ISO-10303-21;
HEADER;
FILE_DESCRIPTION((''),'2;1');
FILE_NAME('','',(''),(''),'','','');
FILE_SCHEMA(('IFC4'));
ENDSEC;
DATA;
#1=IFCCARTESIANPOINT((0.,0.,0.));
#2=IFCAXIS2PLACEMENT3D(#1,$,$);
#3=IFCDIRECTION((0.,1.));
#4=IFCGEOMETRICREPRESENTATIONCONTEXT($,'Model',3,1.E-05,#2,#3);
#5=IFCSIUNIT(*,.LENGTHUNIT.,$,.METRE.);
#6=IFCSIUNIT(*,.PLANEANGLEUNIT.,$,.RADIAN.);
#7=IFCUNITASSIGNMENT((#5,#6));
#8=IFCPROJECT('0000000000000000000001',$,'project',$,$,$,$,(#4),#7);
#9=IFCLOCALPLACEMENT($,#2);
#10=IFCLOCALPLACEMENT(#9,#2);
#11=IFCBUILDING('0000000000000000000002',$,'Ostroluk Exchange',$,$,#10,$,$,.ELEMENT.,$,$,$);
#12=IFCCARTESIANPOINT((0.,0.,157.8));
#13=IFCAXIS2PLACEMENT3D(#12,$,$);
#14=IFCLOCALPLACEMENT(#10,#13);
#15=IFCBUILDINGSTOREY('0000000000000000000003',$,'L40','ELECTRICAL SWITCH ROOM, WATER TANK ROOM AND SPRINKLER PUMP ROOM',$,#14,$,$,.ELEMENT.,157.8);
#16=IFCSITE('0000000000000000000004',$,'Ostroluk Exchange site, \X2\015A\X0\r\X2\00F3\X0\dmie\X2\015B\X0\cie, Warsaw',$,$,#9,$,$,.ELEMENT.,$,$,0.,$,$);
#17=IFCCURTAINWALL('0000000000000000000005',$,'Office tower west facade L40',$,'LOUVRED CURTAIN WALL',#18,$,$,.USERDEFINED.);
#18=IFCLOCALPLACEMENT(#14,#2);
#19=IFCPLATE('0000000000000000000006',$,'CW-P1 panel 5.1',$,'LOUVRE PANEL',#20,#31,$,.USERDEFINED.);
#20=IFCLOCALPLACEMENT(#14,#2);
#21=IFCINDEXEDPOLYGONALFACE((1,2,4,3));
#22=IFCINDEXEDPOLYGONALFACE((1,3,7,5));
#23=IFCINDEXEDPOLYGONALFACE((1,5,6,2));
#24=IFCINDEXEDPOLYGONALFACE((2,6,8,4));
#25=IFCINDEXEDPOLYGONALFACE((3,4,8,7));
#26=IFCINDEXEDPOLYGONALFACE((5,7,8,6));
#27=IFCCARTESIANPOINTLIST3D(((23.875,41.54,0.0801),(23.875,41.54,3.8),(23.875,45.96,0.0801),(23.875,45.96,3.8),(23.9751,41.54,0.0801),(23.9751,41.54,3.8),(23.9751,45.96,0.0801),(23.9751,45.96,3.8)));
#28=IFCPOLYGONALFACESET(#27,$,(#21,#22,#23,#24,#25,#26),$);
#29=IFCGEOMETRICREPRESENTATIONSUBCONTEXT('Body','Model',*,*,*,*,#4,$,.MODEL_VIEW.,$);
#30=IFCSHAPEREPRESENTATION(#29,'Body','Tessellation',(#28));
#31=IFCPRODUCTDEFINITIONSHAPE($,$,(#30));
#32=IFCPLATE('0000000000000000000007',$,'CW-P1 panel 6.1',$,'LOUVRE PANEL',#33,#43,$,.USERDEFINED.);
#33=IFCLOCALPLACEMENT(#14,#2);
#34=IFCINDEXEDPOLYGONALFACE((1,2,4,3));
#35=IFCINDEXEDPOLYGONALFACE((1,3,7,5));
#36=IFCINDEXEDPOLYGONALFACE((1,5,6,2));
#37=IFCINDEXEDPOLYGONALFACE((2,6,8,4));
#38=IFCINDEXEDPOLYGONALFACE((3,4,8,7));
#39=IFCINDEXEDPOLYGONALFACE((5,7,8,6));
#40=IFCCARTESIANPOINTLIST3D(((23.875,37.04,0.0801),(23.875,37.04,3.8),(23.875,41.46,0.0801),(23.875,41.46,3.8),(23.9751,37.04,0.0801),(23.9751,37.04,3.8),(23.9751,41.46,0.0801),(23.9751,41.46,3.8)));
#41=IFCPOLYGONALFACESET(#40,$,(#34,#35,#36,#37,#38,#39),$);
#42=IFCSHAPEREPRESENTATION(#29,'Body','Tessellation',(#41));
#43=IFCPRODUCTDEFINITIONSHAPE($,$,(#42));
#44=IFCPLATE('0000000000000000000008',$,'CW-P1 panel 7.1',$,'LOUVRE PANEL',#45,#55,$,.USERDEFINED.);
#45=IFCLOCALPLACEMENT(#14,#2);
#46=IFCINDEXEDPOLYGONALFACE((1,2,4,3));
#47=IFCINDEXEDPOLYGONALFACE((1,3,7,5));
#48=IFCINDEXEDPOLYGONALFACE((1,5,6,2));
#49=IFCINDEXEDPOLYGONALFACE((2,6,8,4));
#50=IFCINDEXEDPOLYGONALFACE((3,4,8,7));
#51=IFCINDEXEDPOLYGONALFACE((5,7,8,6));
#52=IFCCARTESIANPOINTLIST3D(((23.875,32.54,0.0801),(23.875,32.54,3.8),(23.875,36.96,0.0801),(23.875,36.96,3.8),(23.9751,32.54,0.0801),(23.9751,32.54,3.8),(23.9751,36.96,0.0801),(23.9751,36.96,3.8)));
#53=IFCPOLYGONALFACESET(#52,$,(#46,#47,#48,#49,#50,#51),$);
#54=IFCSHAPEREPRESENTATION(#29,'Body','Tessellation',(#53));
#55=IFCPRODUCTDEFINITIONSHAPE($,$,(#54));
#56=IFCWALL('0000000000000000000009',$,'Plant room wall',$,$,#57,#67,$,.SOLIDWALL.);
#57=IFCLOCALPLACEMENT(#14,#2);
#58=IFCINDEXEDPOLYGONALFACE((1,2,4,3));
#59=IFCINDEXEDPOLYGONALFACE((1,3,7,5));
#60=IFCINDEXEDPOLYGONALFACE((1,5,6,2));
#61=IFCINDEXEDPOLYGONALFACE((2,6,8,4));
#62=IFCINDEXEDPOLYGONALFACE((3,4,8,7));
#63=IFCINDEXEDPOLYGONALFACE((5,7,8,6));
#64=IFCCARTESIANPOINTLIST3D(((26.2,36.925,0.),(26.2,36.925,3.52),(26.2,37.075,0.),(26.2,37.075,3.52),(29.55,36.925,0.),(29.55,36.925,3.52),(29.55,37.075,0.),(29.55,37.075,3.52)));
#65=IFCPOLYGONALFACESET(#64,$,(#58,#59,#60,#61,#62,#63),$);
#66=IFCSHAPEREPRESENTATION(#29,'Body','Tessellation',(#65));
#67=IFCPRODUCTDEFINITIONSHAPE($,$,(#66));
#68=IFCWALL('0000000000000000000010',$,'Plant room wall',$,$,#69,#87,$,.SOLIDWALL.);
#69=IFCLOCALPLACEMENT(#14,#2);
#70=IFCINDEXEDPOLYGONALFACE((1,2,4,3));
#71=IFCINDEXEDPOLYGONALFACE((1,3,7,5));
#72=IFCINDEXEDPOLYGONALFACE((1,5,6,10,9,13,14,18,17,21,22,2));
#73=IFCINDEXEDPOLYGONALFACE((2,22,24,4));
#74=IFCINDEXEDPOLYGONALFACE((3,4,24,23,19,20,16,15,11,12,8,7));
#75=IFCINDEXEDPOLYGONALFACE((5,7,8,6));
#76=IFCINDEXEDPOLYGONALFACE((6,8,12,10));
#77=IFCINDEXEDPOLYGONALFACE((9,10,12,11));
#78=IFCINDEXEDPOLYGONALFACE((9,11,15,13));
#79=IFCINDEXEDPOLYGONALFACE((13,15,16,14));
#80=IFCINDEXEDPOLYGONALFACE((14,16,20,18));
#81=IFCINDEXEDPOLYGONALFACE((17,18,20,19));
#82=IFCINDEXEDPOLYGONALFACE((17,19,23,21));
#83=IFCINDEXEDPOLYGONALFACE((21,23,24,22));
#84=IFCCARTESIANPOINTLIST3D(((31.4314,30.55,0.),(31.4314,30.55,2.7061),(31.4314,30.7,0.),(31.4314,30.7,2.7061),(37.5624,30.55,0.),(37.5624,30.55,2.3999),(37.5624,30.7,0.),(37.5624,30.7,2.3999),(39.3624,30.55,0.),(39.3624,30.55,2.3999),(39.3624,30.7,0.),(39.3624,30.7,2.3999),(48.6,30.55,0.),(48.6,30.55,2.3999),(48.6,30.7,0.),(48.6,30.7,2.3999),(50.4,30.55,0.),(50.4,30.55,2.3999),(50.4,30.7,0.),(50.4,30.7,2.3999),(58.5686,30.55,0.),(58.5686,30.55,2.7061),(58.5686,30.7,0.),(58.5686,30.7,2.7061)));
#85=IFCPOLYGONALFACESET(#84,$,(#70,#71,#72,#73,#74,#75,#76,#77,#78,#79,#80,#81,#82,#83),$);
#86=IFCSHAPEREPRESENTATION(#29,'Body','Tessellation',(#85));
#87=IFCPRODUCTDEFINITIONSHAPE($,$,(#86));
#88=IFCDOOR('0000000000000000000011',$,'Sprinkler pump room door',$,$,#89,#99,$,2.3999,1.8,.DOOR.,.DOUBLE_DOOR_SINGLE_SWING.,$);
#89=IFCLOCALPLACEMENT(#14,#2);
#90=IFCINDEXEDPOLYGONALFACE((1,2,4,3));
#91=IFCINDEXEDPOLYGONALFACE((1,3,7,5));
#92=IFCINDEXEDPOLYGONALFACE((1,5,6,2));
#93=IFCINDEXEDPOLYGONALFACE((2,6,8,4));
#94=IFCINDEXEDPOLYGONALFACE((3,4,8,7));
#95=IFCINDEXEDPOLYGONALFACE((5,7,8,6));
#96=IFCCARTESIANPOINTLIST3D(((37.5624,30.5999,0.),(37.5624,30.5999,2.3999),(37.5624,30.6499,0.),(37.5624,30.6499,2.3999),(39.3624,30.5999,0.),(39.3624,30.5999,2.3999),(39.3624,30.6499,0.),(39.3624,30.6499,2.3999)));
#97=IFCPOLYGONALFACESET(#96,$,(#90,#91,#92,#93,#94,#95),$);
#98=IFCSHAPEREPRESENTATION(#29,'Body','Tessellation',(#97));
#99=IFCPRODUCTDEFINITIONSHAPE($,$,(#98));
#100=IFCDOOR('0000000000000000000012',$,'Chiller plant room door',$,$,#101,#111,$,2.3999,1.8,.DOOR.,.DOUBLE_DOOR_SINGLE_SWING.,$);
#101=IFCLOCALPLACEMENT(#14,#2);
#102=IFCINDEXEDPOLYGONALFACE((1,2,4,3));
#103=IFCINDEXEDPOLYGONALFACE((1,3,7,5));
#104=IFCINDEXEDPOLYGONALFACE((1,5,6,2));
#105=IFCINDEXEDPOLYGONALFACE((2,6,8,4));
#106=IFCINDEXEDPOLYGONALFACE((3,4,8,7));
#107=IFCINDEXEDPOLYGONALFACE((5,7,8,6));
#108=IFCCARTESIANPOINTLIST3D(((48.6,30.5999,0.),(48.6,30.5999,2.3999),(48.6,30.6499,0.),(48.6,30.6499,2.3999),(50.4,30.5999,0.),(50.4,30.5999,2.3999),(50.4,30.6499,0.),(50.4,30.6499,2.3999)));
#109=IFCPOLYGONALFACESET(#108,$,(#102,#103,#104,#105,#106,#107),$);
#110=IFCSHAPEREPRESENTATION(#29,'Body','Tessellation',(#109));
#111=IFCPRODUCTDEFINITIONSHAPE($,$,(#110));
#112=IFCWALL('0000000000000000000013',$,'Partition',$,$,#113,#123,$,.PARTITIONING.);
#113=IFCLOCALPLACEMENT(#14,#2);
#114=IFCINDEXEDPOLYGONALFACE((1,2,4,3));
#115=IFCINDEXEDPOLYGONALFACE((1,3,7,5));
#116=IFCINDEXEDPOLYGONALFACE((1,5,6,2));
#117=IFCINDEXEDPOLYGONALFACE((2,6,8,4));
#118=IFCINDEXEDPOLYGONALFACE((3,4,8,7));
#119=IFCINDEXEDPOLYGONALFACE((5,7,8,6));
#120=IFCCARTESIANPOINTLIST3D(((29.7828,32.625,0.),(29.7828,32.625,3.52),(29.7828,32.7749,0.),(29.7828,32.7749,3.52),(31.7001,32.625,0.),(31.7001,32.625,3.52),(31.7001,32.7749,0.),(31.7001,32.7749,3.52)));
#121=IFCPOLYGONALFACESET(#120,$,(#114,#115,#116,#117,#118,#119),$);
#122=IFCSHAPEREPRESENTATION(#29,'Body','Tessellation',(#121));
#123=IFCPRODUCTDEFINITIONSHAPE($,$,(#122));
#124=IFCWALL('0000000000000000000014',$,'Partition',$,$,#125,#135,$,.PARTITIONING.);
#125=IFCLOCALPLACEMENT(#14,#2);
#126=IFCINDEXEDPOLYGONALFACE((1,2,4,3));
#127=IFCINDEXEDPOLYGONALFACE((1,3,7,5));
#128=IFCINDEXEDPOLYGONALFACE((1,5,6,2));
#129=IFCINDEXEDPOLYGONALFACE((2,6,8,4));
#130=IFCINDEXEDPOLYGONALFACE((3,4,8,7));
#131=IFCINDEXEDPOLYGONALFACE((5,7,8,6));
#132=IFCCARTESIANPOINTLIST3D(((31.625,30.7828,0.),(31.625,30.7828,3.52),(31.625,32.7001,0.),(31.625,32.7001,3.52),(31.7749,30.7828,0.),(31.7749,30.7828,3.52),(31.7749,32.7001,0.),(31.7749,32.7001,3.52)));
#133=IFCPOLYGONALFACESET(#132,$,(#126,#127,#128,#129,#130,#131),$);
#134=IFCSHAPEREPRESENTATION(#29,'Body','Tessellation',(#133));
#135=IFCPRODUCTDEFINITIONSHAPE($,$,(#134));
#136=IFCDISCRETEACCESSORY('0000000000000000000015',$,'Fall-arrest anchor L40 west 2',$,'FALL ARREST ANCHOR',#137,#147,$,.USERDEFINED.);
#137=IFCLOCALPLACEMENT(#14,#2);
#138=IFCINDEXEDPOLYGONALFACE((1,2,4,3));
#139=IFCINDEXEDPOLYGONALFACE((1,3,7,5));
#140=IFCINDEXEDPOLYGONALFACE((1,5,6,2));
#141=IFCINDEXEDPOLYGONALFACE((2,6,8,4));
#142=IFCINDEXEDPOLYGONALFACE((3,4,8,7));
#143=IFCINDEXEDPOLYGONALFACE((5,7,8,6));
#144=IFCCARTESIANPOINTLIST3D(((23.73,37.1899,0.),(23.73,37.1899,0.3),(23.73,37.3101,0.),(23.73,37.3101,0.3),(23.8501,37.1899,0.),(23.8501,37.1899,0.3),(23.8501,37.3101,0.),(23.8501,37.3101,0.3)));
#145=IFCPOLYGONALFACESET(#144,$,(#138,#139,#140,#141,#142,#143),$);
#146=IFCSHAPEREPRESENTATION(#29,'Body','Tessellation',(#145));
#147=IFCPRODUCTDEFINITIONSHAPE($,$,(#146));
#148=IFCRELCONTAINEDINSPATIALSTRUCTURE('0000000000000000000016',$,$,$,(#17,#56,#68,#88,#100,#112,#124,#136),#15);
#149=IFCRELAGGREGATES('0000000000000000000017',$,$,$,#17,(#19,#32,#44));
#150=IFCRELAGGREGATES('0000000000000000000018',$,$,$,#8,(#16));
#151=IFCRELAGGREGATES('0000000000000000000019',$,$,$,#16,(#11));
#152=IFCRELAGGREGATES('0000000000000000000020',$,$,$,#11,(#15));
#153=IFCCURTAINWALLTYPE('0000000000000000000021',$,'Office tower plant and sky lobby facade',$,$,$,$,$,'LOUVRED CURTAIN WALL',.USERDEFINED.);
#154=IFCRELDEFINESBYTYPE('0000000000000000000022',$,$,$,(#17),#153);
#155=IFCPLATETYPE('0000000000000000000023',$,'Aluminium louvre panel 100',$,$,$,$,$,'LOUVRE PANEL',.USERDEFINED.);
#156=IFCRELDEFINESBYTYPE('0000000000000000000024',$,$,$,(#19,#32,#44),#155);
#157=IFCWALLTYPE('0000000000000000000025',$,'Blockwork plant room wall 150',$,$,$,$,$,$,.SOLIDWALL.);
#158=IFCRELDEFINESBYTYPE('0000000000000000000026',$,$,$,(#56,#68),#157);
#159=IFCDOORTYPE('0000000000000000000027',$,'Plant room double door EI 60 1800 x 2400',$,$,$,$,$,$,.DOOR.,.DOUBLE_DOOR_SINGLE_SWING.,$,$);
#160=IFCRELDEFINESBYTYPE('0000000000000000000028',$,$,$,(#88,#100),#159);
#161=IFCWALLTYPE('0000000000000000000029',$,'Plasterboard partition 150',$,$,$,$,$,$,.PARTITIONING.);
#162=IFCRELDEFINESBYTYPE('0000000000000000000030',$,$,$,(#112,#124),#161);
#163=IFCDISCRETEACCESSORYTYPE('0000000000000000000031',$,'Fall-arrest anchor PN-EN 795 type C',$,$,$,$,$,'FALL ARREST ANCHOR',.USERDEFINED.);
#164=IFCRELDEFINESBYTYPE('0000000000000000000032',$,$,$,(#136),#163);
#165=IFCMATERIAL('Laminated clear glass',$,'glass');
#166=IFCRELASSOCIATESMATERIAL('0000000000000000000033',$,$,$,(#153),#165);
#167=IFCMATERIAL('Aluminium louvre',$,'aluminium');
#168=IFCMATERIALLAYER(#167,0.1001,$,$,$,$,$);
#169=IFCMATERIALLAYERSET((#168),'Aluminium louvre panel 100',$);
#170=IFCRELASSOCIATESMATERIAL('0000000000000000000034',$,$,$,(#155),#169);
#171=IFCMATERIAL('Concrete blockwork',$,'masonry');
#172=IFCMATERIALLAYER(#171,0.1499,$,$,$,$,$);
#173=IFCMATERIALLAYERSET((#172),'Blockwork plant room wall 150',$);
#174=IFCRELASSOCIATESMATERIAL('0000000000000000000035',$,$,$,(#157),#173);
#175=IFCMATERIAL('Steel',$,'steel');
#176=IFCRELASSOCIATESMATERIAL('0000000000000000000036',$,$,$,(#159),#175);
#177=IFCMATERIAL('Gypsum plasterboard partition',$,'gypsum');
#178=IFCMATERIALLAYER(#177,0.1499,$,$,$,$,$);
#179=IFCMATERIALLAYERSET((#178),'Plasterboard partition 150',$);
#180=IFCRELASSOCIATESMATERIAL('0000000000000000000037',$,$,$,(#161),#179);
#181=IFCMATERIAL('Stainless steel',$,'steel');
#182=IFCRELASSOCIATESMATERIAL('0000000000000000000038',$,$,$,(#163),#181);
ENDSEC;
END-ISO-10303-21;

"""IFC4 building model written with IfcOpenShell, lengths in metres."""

from ifc_helpers import new_model, si_unit, direction, frame, frame_2d, origin, origin_2d, place, context, subcontext, project, spatial, rectangle, extrude, material, layer, layer_set, type_object, element, fill, aggregate, save


model = new_model("IFC4")

# Units and contexts
model_context = context("Model", 3, precision=1e-05, world=origin(), true_north=direction((0.0, 1.0)))
body_context = subcontext(model_context, "Body", "Model", "MODEL_VIEW")
ifc_project = project(units=[si_unit("LENGTHUNIT", "METRE"), si_unit("PLANEANGLEUNIT", "RADIAN")], contexts=[model_context])

# Site, building, storey
site_placement = place(None, origin())
site = spatial("IfcSite", under=ifc_project, at=site_placement, Name="Ostroluk Exchange site, Śródmieście, Warsaw", CompositionType="ELEMENT", RefElevation=0.0)
building_placement = place(site_placement, origin())
building = spatial("IfcBuilding", under=site, at=building_placement, Name="Ostroluk Exchange", CompositionType="ELEMENT")
storey_placement = place(building_placement, frame((0.0, 0.0, 157.8)))
storey = spatial("IfcBuildingStorey", under=building, at=storey_placement, Name="L40", Description="ELECTRICAL SWITCH ROOM, WATER TANK ROOM AND SPRINKLER PUMP ROOM", CompositionType="ELEMENT", Elevation=157.8)

# Curtain wall, plates
ifc_material_1 = material(Name="Laminated clear glass", Category="glass")
curtain_wall_type = type_object("IfcCurtainWallType", Name="Office tower plant and sky lobby facade", ElementType="LOUVRED CURTAIN WALL", PredefinedType="USERDEFINED", material=ifc_material_1)
curtain_wall_placement = place(storey_placement, origin())
curtain_wall = element("IfcCurtainWall", 1, at=curtain_wall_placement, inside=storey, type_object=curtain_wall_type, Name="Office tower west facade L40", ObjectType="LOUVRED CURTAIN WALL", PredefinedType="USERDEFINED")
ifc_material_2 = material(Name="Aluminium louvre", Category="aluminium")
ifc_layer_1 = layer(ifc_material_2, 0.1001)
ifc_layer_set_1 = layer_set([ifc_layer_1], Name="Aluminium louvre panel 100")
plate_type = type_object("IfcPlateType", Name="Aluminium louvre panel 100", ElementType="LOUVRE PANEL", PredefinedType="USERDEFINED", material=ifc_layer_set_1)
plate_1_placement = place(storey_placement, frame((23.925, 43.75, 0.0801), z_axis=(0.0, 0.0, 1.0), x_axis=(0.0, -1.0, 0.0)))
plate_1 = element("IfcPlate", 2, at=plate_1_placement, type_object=plate_type, Name="CW-P1 panel 5.1", ObjectType="LOUVRE PANEL", PredefinedType="USERDEFINED", context=body_context, shape_type="SweptSolid", body=[
    extrude(rectangle(XDim=4.4199, YDim=0.1001, at=origin_2d()), origin(), (0.0, 0.0, 1.0), 3.72),
])
plate_2_placement = place(storey_placement, frame((23.925, 39.25, 0.0801), z_axis=(0.0, 0.0, 1.0), x_axis=(0.0, -1.0, 0.0)))
plate_2 = element("IfcPlate", 3, at=plate_2_placement, type_object=plate_type, Name="CW-P1 panel 6.1", ObjectType="LOUVRE PANEL", PredefinedType="USERDEFINED", context=body_context, shape_type="SweptSolid", body=[
    extrude(rectangle(XDim=4.4199, YDim=0.1001, at=origin_2d()), origin(), (0.0, 0.0, 1.0), 3.72),
])
plate_3_placement = place(storey_placement, frame((23.925, 34.75, 0.0801), z_axis=(0.0, 0.0, 1.0), x_axis=(0.0, -1.0, 0.0)))
plate_3 = element("IfcPlate", 4, at=plate_3_placement, type_object=plate_type, Name="CW-P1 panel 7.1", ObjectType="LOUVRE PANEL", PredefinedType="USERDEFINED", context=body_context, shape_type="SweptSolid", body=[
    extrude(rectangle(XDim=4.4199, YDim=0.1001, at=origin_2d()), origin(), (0.0, 0.0, 1.0), 3.72),
])
aggregate(curtain_wall, [plate_1, plate_2, plate_3])

# Wall
ifc_material_3 = material(Name="Concrete blockwork", Category="masonry")
ifc_layer_2 = layer(ifc_material_3, 0.1499)
ifc_layer_set_2 = layer_set([ifc_layer_2], Name="Blockwork plant room wall 150")
wall_type_1 = type_object("IfcWallType", Name="Blockwork plant room wall 150", PredefinedType="SOLIDWALL", material=ifc_layer_set_2)
wall_1_placement = place(storey_placement, frame((29.55, 37.0, 0.0), z_axis=(0.0, 0.0, 1.0), x_axis=(-1.0, 0.0, 0.0)))
element("IfcWall", 5, at=wall_1_placement, inside=storey, type_object=wall_type_1, Name="Plant room wall", PredefinedType="SOLIDWALL", context=body_context, shape_type="SweptSolid", body=[
    extrude(rectangle(XDim=3.3501, YDim=0.1499, at=frame_2d((1.675, 0.0))), origin(), (0.0, 0.0, 1.0), 3.52),
])

# Wall, openings, doors
wall_2_placement = place(storey_placement, frame((31.4314, 30.625, 0.0), z_axis=(0.0, 0.0, 1.0), x_axis=(1.0, 0.0, 0.0)))
wall_2 = element("IfcWall", 6, at=wall_2_placement, inside=storey, type_object=wall_type_1, Name="Plant room wall", PredefinedType="SOLIDWALL", context=body_context, shape_type="SweptSolid", body=[
    extrude(rectangle(XDim=27.1372, YDim=0.1499, at=frame_2d((13.5686, 0.0))), origin(), (0.0, 0.0, 1.0), 2.7061),
])
opening_1_placement = place(wall_2_placement, frame((6.1311, 0.0, 0.0)))
opening_1 = element("IfcOpeningElement", 7, at=opening_1_placement, cuts=wall_2, PredefinedType="OPENING", context=body_context, shape_type="SweptSolid", body=[
    extrude(rectangle(XDim=1.8, YDim=2.3999, at=frame_2d((0.8999, 1.2))), frame((0.0, 0.085, 0.0), z_axis=(0.0, -1.0, 0.0), x_axis=(1.0, 0.0, 0.0)), (0.0, 0.0, 1.0), 0.1699),
])
opening_2_placement = place(wall_2_placement, frame((17.1687, 0.0, 0.0)))
opening_2 = element("IfcOpeningElement", 8, at=opening_2_placement, cuts=wall_2, PredefinedType="OPENING", context=body_context, shape_type="SweptSolid", body=[
    extrude(rectangle(XDim=1.8, YDim=2.3999, at=frame_2d((0.8999, 1.2))), frame((0.0, 0.085, 0.0), z_axis=(0.0, -1.0, 0.0), x_axis=(1.0, 0.0, 0.0)), (0.0, 0.0, 1.0), 0.1699),
])
ifc_material_4 = material(Name="Steel", Category="steel")
door_type = type_object("IfcDoorType", Name="Plant room double door EI 60 1800 x 2400", OperationType="DOUBLE_DOOR_SINGLE_SWING", PredefinedType="DOOR", material=ifc_material_4)
door_1_placement = place(opening_1_placement, origin())
door_1 = element("IfcDoor", 9, at=door_1_placement, inside=storey, type_object=door_type, Name="Sprinkler pump room door", OperationType="DOUBLE_DOOR_SINGLE_SWING", OverallHeight=2.3999, OverallWidth=1.8, PredefinedType="DOOR", context=body_context, shape_type="SweptSolid", body=[
    extrude(rectangle(XDim=1.8, YDim=2.3999, at=frame_2d((0.8999, 1.2))), frame((0.0, 0.0249, 0.0), z_axis=(0.0, -1.0, 0.0), x_axis=(1.0, 0.0, 0.0)), (0.0, 0.0, 1.0), 0.05),
])
fill(opening_1, door_1)
door_2_placement = place(opening_2_placement, origin())
door_2 = element("IfcDoor", 10, at=door_2_placement, inside=storey, type_object=door_type, Name="Chiller plant room door", OperationType="DOUBLE_DOOR_SINGLE_SWING", OverallHeight=2.3999, OverallWidth=1.8, PredefinedType="DOOR", context=body_context, shape_type="SweptSolid", body=[
    extrude(rectangle(XDim=1.8, YDim=2.3999, at=frame_2d((0.8999, 1.2))), frame((0.0, 0.0249, 0.0), z_axis=(0.0, -1.0, 0.0), x_axis=(1.0, 0.0, 0.0)), (0.0, 0.0, 1.0), 0.05),
])
fill(opening_2, door_2)

# Walls
ifc_material_5 = material(Name="Gypsum plasterboard partition", Category="gypsum")
ifc_layer_3 = layer(ifc_material_5, 0.1499)
ifc_layer_set_3 = layer_set([ifc_layer_3], Name="Plasterboard partition 150")
wall_type_2 = type_object("IfcWallType", Name="Plasterboard partition 150", PredefinedType="PARTITIONING", material=ifc_layer_set_3)
for number, where, z_axis, x_axis, name in (
    (11, (31.7, 32.7, 0.0), (0.0, 0.0, 1.0), (-1.0, 0.0, 0.0), "Partition"),
    (12, (31.7, 32.7, 0.0), (0.0, 0.0, 1.0), (0.0, -1.0, 0.0), "Partition"),
):
    element("IfcWall", number, at=place(storey_placement, frame(where, z_axis=z_axis, x_axis=x_axis)), inside=storey, type_object=wall_type_2, Name=name, PredefinedType="PARTITIONING", context=body_context, shape_type="SweptSolid", body=[
        extrude(rectangle(XDim=1.9172, YDim=0.1499, at=frame_2d((0.9585, 0.0))), origin(), (0.0, 0.0, 1.0), 3.52),
    ])

# Discrete accessory
ifc_material_6 = material(Name="Stainless steel", Category="steel")
discrete_accessory_type = type_object("IfcDiscreteAccessoryType", Name="Fall-arrest anchor PN-EN 795 type C", ElementType="FALL ARREST ANCHOR", PredefinedType="USERDEFINED", material=ifc_material_6)
discrete_accessory_placement = place(storey_placement, frame((23.79, 37.25, 0.0), z_axis=(0.0, 0.0, 1.0), x_axis=(1.0, 0.0, 0.0)))
element("IfcDiscreteAccessory", 13, at=discrete_accessory_placement, inside=storey, type_object=discrete_accessory_type, Name="Fall-arrest anchor L40 west 2", ObjectType="FALL ARREST ANCHOR", PredefinedType="USERDEFINED", context=body_context, shape_type="SweptSolid", body=[
    extrude(rectangle(XDim=0.1201, YDim=0.1201, at=origin_2d()), origin(), (0.0, 0.0, 1.0), 0.3),
])

save(model, "model.ifc")
